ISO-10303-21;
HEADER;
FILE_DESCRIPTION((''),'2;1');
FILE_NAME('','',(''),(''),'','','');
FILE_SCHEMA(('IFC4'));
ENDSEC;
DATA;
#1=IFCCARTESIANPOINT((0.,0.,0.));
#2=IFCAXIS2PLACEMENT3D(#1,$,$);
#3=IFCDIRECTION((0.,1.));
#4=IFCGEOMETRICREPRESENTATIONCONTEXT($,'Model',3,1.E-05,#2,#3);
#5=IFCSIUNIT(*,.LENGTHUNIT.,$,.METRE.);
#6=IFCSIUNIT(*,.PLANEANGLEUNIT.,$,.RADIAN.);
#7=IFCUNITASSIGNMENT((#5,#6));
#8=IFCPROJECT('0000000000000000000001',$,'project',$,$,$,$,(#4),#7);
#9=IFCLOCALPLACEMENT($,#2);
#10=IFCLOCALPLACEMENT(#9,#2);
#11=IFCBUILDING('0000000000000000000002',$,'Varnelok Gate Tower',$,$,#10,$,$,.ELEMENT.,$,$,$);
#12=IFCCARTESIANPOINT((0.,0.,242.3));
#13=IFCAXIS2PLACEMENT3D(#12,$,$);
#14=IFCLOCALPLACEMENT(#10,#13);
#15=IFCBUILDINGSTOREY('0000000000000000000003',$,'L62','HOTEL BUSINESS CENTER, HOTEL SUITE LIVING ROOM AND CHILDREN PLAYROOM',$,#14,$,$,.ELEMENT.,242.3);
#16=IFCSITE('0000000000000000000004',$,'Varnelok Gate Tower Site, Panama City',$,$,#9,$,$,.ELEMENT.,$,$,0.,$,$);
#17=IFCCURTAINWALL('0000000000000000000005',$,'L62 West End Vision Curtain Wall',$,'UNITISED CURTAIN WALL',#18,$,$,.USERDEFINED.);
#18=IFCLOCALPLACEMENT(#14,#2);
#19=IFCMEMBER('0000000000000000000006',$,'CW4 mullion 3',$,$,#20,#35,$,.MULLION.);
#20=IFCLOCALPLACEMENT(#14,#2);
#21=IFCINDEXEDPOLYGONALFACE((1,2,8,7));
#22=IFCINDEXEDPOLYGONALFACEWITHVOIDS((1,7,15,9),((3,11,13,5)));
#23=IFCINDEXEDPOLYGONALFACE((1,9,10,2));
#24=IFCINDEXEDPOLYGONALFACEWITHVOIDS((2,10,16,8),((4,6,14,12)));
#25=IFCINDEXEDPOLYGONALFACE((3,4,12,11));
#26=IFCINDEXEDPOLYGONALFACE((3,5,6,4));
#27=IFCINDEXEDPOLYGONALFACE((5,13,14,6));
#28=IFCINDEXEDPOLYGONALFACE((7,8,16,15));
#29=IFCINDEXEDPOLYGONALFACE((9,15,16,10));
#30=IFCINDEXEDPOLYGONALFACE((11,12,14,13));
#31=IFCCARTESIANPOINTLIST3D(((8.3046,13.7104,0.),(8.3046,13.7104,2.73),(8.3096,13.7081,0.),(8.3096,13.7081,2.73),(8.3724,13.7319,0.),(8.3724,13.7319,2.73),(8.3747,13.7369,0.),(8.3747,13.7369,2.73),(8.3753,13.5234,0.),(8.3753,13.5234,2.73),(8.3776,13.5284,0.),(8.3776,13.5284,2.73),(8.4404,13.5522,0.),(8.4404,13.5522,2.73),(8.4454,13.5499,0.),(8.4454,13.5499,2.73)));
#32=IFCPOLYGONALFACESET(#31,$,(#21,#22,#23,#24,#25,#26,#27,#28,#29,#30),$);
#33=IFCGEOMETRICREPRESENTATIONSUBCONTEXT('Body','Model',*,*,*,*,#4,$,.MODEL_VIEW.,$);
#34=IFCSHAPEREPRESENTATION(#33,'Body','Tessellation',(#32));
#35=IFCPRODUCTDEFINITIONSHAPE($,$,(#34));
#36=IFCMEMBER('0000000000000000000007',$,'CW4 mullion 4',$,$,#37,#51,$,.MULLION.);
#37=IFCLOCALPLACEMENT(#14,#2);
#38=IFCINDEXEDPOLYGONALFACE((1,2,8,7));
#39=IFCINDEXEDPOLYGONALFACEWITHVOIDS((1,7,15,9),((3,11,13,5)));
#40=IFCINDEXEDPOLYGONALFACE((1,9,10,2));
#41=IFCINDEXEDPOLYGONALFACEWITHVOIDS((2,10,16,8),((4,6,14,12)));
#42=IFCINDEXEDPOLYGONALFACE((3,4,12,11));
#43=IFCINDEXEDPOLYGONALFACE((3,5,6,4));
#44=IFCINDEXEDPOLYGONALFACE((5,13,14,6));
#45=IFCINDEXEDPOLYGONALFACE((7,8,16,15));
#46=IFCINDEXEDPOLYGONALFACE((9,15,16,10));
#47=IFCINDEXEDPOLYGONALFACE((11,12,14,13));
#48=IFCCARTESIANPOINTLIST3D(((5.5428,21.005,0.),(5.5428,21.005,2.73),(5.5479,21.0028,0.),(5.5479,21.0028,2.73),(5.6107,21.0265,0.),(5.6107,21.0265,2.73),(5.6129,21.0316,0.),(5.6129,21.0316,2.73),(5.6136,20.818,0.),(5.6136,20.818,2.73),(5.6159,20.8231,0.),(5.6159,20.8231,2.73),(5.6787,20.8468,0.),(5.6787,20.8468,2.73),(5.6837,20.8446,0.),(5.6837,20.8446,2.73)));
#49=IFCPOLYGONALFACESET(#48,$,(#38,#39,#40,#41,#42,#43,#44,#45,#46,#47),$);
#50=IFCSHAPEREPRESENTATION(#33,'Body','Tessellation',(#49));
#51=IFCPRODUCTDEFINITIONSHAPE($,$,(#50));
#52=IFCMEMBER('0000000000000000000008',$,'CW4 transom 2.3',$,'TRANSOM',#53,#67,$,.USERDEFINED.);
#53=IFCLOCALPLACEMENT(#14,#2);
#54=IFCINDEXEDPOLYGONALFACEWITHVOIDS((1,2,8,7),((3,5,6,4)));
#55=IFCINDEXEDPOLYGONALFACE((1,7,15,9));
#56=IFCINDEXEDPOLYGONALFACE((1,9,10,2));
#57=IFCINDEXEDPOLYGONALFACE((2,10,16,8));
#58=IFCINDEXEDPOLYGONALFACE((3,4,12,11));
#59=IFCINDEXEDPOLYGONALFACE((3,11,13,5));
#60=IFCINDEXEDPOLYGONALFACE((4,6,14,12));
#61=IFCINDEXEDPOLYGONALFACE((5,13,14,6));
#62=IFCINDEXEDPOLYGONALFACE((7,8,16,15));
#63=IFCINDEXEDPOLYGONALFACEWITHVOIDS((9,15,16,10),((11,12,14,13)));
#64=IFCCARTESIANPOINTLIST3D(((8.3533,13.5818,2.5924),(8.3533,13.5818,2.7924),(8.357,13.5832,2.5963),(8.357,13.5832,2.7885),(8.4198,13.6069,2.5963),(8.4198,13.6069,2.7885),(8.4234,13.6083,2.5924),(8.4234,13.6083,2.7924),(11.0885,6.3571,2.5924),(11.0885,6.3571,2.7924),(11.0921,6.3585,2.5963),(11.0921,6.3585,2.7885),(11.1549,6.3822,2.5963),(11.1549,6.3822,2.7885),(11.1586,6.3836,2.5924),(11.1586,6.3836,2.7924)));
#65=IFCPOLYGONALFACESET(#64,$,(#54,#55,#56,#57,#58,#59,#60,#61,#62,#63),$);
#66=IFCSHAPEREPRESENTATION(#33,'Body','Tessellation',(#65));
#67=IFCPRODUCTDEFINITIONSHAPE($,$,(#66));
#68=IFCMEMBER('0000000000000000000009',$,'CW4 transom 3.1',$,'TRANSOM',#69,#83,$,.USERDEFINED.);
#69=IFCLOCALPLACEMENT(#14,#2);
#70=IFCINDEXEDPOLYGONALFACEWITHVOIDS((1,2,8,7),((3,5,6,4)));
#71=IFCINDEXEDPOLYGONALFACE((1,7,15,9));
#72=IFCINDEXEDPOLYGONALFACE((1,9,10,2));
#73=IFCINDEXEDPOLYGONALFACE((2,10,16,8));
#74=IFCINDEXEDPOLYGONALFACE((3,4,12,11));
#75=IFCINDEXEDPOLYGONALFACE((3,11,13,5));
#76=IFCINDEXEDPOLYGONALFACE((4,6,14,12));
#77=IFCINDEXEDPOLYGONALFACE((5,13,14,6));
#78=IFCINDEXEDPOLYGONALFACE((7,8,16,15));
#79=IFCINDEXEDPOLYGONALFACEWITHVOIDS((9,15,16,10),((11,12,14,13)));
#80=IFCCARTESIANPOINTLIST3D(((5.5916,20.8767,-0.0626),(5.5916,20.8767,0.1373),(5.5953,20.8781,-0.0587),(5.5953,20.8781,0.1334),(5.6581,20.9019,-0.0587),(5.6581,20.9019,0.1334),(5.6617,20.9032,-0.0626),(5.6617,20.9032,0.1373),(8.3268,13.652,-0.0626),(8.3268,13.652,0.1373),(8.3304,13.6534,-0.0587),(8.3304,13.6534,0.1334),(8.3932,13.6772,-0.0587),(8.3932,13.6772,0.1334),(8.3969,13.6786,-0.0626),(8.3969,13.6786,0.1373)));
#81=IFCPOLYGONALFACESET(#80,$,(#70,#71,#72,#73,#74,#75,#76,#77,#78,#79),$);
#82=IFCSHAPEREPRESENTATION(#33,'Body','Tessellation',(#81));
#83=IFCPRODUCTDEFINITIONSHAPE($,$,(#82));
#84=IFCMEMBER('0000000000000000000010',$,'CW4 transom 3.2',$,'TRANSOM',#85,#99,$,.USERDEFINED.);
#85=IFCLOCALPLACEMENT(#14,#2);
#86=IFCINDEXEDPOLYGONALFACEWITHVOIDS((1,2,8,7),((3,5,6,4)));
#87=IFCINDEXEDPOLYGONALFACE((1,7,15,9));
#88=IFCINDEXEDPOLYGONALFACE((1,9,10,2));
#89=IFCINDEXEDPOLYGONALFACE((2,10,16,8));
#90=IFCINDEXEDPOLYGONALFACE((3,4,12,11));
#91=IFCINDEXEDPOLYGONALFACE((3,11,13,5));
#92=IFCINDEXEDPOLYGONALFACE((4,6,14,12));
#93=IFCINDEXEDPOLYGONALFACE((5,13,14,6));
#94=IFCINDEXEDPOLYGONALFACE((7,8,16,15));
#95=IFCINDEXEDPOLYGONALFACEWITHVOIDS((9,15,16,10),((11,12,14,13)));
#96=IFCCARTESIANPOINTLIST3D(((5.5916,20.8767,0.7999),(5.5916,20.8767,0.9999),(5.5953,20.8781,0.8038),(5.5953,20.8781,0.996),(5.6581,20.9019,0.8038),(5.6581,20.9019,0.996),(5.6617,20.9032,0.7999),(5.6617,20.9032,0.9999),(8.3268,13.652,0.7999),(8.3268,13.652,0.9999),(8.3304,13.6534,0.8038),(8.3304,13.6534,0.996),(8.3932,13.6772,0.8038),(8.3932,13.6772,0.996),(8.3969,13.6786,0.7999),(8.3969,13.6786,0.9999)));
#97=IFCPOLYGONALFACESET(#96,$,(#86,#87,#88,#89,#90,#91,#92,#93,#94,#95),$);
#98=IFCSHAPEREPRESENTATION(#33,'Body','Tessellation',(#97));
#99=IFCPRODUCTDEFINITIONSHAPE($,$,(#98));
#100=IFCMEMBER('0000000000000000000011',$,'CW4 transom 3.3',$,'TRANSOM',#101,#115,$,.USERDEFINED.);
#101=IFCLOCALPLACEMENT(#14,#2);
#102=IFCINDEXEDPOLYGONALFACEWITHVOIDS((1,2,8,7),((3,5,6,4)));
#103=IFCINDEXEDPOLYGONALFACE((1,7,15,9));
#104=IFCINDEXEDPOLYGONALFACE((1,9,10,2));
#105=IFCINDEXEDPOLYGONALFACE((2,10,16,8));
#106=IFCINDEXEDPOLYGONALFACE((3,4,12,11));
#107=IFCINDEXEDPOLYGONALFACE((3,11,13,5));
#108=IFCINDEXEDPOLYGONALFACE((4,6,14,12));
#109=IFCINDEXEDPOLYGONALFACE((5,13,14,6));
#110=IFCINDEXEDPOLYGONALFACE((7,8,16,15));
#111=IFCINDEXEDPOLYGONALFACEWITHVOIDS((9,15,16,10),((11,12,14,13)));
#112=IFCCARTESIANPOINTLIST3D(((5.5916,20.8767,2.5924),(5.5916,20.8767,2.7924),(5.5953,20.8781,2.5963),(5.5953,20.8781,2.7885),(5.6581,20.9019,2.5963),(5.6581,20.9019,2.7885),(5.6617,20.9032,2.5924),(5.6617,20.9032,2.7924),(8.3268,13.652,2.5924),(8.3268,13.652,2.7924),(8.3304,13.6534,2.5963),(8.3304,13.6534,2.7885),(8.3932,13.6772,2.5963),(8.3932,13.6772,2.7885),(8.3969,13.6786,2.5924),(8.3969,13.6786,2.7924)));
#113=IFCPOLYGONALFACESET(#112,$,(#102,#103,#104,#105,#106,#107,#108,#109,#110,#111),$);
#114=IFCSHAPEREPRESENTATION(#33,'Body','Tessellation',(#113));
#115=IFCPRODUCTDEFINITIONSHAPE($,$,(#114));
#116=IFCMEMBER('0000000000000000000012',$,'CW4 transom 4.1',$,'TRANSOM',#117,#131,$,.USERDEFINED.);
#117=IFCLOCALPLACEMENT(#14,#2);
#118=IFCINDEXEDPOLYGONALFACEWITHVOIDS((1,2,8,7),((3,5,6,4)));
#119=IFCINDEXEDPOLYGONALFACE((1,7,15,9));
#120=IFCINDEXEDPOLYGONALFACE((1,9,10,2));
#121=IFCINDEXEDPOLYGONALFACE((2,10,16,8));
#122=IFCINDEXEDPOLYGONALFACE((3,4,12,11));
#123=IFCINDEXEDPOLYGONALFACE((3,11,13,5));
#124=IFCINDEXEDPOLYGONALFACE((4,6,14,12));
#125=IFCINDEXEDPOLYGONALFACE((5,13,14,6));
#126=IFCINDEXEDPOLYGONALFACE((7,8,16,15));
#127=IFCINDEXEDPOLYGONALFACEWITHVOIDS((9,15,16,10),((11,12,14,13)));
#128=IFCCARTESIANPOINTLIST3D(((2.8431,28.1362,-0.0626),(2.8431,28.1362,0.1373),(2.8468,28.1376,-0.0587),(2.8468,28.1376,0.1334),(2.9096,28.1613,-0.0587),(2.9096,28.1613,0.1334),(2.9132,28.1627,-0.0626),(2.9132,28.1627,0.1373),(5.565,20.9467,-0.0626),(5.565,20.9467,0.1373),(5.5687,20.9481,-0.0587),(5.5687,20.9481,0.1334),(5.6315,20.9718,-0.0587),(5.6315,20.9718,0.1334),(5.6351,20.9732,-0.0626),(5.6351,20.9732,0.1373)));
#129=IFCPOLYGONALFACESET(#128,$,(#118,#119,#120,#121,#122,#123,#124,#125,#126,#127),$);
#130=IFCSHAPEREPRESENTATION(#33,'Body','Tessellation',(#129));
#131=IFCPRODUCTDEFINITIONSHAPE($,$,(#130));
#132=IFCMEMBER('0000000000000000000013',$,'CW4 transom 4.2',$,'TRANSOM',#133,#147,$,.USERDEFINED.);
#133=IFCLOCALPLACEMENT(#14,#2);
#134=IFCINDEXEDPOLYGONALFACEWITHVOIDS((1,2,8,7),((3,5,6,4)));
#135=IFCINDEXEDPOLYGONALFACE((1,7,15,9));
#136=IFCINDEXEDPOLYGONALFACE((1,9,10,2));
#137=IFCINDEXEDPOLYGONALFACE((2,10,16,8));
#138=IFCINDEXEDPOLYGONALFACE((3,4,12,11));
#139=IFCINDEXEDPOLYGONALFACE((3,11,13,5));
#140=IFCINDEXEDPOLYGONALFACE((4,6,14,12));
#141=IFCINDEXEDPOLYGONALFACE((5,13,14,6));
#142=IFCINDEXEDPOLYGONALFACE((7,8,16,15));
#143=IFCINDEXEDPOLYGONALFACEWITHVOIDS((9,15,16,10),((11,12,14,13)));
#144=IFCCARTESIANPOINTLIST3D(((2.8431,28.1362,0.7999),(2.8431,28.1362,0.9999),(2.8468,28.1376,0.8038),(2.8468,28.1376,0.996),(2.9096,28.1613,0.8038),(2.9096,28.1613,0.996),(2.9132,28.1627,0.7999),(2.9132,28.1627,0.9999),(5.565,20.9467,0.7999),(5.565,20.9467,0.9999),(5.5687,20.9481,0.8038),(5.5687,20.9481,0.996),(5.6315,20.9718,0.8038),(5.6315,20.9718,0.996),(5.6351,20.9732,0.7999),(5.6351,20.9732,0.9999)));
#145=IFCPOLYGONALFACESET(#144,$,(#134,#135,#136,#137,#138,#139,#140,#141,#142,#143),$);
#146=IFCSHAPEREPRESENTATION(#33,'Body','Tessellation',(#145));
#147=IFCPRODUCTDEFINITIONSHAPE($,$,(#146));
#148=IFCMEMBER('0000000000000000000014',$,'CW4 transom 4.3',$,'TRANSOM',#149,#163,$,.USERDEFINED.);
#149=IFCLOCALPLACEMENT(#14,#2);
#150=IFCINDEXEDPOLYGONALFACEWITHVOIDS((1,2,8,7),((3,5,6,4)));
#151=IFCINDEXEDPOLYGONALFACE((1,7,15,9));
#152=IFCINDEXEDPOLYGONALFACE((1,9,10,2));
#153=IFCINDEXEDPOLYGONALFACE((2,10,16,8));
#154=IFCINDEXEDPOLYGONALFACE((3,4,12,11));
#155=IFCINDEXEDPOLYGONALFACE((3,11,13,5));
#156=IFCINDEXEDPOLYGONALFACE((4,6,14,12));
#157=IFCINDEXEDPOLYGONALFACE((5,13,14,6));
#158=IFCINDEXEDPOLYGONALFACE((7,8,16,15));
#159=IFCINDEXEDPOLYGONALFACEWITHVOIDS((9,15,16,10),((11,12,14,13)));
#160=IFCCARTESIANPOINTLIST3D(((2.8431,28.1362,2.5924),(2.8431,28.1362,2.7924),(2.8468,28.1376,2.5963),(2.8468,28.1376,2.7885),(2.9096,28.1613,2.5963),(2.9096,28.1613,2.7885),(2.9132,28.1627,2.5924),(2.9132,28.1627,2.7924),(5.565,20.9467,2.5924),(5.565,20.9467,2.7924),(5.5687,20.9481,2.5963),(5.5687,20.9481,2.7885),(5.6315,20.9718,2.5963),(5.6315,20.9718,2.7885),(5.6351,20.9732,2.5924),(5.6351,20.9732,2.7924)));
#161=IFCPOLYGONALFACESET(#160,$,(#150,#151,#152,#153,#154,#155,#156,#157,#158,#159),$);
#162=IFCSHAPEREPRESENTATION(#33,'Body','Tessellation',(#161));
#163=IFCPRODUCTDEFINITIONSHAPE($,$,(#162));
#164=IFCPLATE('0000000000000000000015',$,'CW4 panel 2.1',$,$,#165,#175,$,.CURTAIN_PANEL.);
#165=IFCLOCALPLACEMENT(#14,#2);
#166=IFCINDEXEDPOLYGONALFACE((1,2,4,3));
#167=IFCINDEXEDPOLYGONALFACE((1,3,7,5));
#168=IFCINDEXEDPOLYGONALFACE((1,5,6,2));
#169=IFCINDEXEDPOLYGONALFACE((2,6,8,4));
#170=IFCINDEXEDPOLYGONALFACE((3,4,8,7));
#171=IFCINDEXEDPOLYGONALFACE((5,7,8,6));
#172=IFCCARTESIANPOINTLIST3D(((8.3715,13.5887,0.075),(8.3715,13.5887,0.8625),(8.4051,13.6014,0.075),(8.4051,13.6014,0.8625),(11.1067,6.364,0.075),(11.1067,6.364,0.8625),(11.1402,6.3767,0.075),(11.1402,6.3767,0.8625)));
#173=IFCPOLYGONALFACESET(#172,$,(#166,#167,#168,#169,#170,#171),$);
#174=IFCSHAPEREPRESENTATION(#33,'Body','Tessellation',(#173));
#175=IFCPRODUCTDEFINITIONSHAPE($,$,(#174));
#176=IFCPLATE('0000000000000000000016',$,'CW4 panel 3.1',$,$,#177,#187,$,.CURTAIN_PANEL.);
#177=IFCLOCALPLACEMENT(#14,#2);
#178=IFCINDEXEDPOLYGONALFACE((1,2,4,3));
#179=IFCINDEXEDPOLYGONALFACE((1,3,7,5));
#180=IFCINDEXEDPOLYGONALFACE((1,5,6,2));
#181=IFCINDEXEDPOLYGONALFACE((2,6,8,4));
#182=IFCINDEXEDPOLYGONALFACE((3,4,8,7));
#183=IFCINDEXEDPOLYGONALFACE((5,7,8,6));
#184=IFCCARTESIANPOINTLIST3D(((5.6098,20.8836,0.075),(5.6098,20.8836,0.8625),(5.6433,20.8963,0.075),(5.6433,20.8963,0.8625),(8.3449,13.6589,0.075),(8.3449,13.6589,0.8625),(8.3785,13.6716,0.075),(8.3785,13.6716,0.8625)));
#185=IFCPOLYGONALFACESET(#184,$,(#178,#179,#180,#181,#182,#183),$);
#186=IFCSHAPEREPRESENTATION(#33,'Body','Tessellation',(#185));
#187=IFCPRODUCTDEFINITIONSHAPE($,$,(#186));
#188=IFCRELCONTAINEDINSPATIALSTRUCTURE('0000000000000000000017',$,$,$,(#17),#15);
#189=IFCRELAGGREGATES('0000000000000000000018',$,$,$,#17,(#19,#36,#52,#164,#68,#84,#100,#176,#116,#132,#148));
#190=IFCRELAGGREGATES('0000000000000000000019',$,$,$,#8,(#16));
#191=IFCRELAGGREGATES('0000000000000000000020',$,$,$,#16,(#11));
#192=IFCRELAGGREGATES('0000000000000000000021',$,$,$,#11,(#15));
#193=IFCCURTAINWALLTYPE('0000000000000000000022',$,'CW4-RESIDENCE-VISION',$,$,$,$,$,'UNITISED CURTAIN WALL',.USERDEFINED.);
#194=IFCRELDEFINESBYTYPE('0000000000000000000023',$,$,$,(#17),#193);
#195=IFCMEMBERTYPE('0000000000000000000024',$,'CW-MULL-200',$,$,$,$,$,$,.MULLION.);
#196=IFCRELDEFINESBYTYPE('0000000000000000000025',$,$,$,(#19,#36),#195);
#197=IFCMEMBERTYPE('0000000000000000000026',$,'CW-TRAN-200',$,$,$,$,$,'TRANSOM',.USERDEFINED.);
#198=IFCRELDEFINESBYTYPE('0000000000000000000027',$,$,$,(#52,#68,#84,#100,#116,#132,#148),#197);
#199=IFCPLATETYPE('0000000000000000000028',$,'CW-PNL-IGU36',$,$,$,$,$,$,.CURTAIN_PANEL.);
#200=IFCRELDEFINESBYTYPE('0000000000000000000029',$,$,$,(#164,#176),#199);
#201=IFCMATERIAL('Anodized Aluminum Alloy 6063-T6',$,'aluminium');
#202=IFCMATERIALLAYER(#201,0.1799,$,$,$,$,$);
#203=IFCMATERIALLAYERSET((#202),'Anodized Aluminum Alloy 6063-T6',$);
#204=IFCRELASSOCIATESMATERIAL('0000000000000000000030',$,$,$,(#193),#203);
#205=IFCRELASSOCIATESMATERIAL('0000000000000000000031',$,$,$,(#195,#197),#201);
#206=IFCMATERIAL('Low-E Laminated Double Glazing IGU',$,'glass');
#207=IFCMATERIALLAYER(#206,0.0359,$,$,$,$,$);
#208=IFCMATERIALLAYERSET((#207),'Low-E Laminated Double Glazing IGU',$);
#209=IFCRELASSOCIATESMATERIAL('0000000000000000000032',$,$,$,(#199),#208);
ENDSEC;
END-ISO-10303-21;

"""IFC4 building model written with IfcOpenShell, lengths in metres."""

from ifc_helpers import new_model, si_unit, direction, frame, origin, origin_2d, place, context, subcontext, project, spatial, rectangle, hollow_rectangle, extrude, source, transform, mapped, material, layer, layer_set, material_profile, profile_set, type_object, element, aggregate, save


model = new_model("IFC4")

# Units and contexts
model_context = context("Model", 3, precision=1e-05, world=origin(), true_north=direction((0.0, 1.0)))
body_context = subcontext(model_context, "Body", "Model", "MODEL_VIEW")
ifc_project = project(units=[si_unit("LENGTHUNIT", "METRE"), si_unit("PLANEANGLEUNIT", "RADIAN")], contexts=[model_context])

# Site, building, storey
site_placement = place(None, origin())
site = spatial("IfcSite", under=ifc_project, at=site_placement, Name="Varnelok Gate Tower Site, Panama City", CompositionType="ELEMENT", RefElevation=0.0)
building_placement = place(site_placement, origin())
building = spatial("IfcBuilding", under=site, at=building_placement, Name="Varnelok Gate Tower", CompositionType="ELEMENT")
storey_placement = place(building_placement, frame((0.0, 0.0, 242.3)))
storey = spatial("IfcBuildingStorey", under=building, at=storey_placement, Name="L62", Description="HOTEL BUSINESS CENTER, HOTEL SUITE LIVING ROOM AND CHILDREN PLAYROOM", CompositionType="ELEMENT", Elevation=242.3)

# Curtain wall, members, plates
ifc_material_1 = material(Name="Anodized Aluminum Alloy 6063-T6", Category="aluminium")
ifc_layer_1 = layer(ifc_material_1, 0.1799)
ifc_layer_set_1 = layer_set([ifc_layer_1], Name="Anodized Aluminum Alloy 6063-T6")
curtain_wall_type = type_object("IfcCurtainWallType", Name="CW4-RESIDENCE-VISION", ElementType="UNITISED CURTAIN WALL", PredefinedType="USERDEFINED", material=ifc_layer_set_1)
curtain_wall_placement = place(storey_placement, origin())
curtain_wall = element("IfcCurtainWall", 1, at=curtain_wall_placement, inside=storey, type_object=curtain_wall_type, Name="L62 West End Vision Curtain Wall", ObjectType="UNITISED CURTAIN WALL", PredefinedType="USERDEFINED")
ifc_material_profile_1 = material_profile(ifc_material_1, hollow_rectangle(XDim=0.075, YDim=0.2, WallThickness=0.0039, at=origin_2d()), Name="ALU200X75X4")
ifc_profile_set_1 = profile_set([ifc_material_profile_1], Name="Anodized Aluminum Alloy 6063-T6")
member_type_1 = type_object("IfcMemberType", Name="CW-MULL-200", PredefinedType="MULLION", material=ifc_profile_set_1)
member_1_placement = place(storey_placement, frame((8.375, 13.6301, 0.0), z_axis=(0.0, 0.0, 1.0), x_axis=(-0.935222, -0.354063, 0.0)))
member_1 = element("IfcMember", 2, at=member_1_placement, type_object=member_type_1, Name="CW4 mullion 3", PredefinedType="MULLION", context=body_context, shape_type="SweptSolid", body=[
    extrude(hollow_rectangle(XDim=0.075, YDim=0.2, WallThickness=0.0039, at=origin_2d()), origin(), (0.0, 0.0, 1.0), 2.73),
])
member_2_placement = place(storey_placement, frame((5.6133, 20.9248, 0.0), z_axis=(0.0, 0.0, 1.0), x_axis=(-0.935222, -0.354063, 0.0)))
member_2 = element("IfcMember", 3, at=member_2_placement, type_object=member_type_1, Name="CW4 mullion 4", PredefinedType="MULLION", context=body_context, shape_type="SweptSolid", body=[
    extrude(hollow_rectangle(XDim=0.075, YDim=0.2, WallThickness=0.0039, at=origin_2d()), origin(), (0.0, 0.0, 1.0), 2.73),
])
ifc_material_profile_2 = material_profile(ifc_material_1, hollow_rectangle(XDim=0.075, YDim=0.2, WallThickness=0.0039, at=origin_2d()), Name="ALU200X75X4")
ifc_profile_set_2 = profile_set([ifc_material_profile_2], Name="Anodized Aluminum Alloy 6063-T6")
member_type_2 = type_object("IfcMemberType", Name="CW-TRAN-200", ElementType="TRANSOM", PredefinedType="USERDEFINED", material=ifc_profile_set_2)
member_3_placement = place(storey_placement, frame((11.1235, 6.3704, 2.6924), z_axis=(-0.354059, 0.935223, 0.0), x_axis=(-0.935223, -0.354059, 0.0)))
member_3 = element("IfcMember", 4, at=member_3_placement, type_object=member_type_2, Name="CW4 transom 2.3", ObjectType="TRANSOM", PredefinedType="USERDEFINED", context=body_context, shape_type="SweptSolid", body=[
    extrude(hollow_rectangle(XDim=0.075, YDim=0.2, WallThickness=0.0039, at=origin_2d()), origin(), (0.0, 0.0, 1.0), 7.7251),
])
member_4_placement = place(storey_placement, frame((8.3618, 13.6653, 0.0374), z_axis=(-0.354059, 0.935223, 0.0), x_axis=(-0.935223, -0.354059, 0.0)))
member_4 = element("IfcMember", 5, at=member_4_placement, type_object=member_type_2, Name="CW4 transom 3.1", ObjectType="TRANSOM", PredefinedType="USERDEFINED", context=body_context, shape_type="SweptSolid", body=[
    extrude(hollow_rectangle(XDim=0.075, YDim=0.2, WallThickness=0.0039, at=origin_2d()), origin(), (0.0, 0.0, 1.0), 7.7251),
])
member_5_placement = place(storey_placement, frame((8.3618, 13.6653, 0.8999), z_axis=(-0.354059, 0.935223, 0.0), x_axis=(-0.935223, -0.354059, 0.0)))
member_5 = element("IfcMember", 6, at=member_5_placement, type_object=member_type_2, Name="CW4 transom 3.2", ObjectType="TRANSOM", PredefinedType="USERDEFINED", context=body_context, shape_type="SweptSolid", body=[
    extrude(hollow_rectangle(XDim=0.075, YDim=0.2, WallThickness=0.0039, at=origin_2d()), origin(), (0.0, 0.0, 1.0), 7.7251),
])
member_6_placement = place(storey_placement, frame((8.3618, 13.6653, 2.6924), z_axis=(-0.354059, 0.935223, 0.0), x_axis=(-0.935223, -0.354059, 0.0)))
member_6 = element("IfcMember", 7, at=member_6_placement, type_object=member_type_2, Name="CW4 transom 3.3", ObjectType="TRANSOM", PredefinedType="USERDEFINED", context=body_context, shape_type="SweptSolid", body=[
    extrude(hollow_rectangle(XDim=0.075, YDim=0.2, WallThickness=0.0039, at=origin_2d()), origin(), (0.0, 0.0, 1.0), 7.7251),
])
member_7_placement = place(storey_placement, frame((5.6001, 20.96, 0.0374), z_axis=(-0.354073, 0.935218, 0.0), x_axis=(-0.935218, -0.354073, 0.0)))
member_7 = element("IfcMember", 8, at=member_7_placement, type_object=member_type_2, Name="CW4 transom 4.1", ObjectType="TRANSOM", PredefinedType="USERDEFINED", context=body_context, shape_type="SweptSolid", body=[
    extrude(hollow_rectangle(XDim=0.075, YDim=0.2, WallThickness=0.0039, at=origin_2d()), origin(), (0.0, 0.0, 1.0), 7.6875),
])
member_8_placement = place(storey_placement, frame((5.6001, 20.96, 0.8999), z_axis=(-0.354073, 0.935218, 0.0), x_axis=(-0.935218, -0.354073, 0.0)))
member_8 = element("IfcMember", 9, at=member_8_placement, type_object=member_type_2, Name="CW4 transom 4.2", ObjectType="TRANSOM", PredefinedType="USERDEFINED", context=body_context, shape_type="SweptSolid", body=[
    extrude(hollow_rectangle(XDim=0.075, YDim=0.2, WallThickness=0.0039, at=origin_2d()), origin(), (0.0, 0.0, 1.0), 7.6875),
])
member_9_placement = place(storey_placement, frame((5.6001, 20.96, 2.6924), z_axis=(-0.354073, 0.935218, 0.0), x_axis=(-0.935218, -0.354073, 0.0)))
member_9 = element("IfcMember", 10, at=member_9_placement, type_object=member_type_2, Name="CW4 transom 4.3", ObjectType="TRANSOM", PredefinedType="USERDEFINED", context=body_context, shape_type="SweptSolid", body=[
    extrude(hollow_rectangle(XDim=0.075, YDim=0.2, WallThickness=0.0039, at=origin_2d()), origin(), (0.0, 0.0, 1.0), 7.6875),
])
ifc_material_2 = material(Name="Low-E Laminated Double Glazing IGU", Category="glass")
ifc_layer_2 = layer(ifc_material_2, 0.0359)
ifc_layer_set_2 = layer_set([ifc_layer_2], Name="Low-E Laminated Double Glazing IGU")
plate_type = type_object("IfcPlateType", Name="CW-PNL-IGU36", PredefinedType="CURTAIN_PANEL", material=ifc_layer_set_2)
shared_shape_1 = source(origin(), body_context, "Body", "SweptSolid", [
    extrude(rectangle(XDim=7.7251, YDim=0.0359, at=origin_2d()), origin(), (0.0, 0.0, 1.0), 0.7876),
])
plate_1_placement = place(storey_placement, frame((9.7559, 9.9827, 0.075), z_axis=(0.0, 0.0, 1.0), x_axis=(-0.354063, 0.935222, 0.0)))
plate_1 = element("IfcPlate", 11, at=plate_1_placement, type_object=plate_type, Name="CW4 panel 2.1", PredefinedType="CURTAIN_PANEL", context=body_context, shape_type="MappedRepresentation", body=[
    mapped(shared_shape_1, transform((0.0, 0.0, 0.0), scale=1.0)),
])
plate_2_placement = place(storey_placement, frame((6.9941, 17.2776, 0.075), z_axis=(0.0, 0.0, 1.0), x_axis=(-0.354063, 0.935222, 0.0)))
plate_2 = element("IfcPlate", 12, at=plate_2_placement, type_object=plate_type, Name="CW4 panel 3.1", PredefinedType="CURTAIN_PANEL", context=body_context, shape_type="MappedRepresentation", body=[
    mapped(shared_shape_1, transform((0.0, 0.0, 0.0), scale=1.0)),
])
aggregate(curtain_wall, [member_1, member_2, member_3, plate_1, member_4, member_5, member_6, plate_2, member_7, member_8, member_9])

save(model, "model.ifc")
